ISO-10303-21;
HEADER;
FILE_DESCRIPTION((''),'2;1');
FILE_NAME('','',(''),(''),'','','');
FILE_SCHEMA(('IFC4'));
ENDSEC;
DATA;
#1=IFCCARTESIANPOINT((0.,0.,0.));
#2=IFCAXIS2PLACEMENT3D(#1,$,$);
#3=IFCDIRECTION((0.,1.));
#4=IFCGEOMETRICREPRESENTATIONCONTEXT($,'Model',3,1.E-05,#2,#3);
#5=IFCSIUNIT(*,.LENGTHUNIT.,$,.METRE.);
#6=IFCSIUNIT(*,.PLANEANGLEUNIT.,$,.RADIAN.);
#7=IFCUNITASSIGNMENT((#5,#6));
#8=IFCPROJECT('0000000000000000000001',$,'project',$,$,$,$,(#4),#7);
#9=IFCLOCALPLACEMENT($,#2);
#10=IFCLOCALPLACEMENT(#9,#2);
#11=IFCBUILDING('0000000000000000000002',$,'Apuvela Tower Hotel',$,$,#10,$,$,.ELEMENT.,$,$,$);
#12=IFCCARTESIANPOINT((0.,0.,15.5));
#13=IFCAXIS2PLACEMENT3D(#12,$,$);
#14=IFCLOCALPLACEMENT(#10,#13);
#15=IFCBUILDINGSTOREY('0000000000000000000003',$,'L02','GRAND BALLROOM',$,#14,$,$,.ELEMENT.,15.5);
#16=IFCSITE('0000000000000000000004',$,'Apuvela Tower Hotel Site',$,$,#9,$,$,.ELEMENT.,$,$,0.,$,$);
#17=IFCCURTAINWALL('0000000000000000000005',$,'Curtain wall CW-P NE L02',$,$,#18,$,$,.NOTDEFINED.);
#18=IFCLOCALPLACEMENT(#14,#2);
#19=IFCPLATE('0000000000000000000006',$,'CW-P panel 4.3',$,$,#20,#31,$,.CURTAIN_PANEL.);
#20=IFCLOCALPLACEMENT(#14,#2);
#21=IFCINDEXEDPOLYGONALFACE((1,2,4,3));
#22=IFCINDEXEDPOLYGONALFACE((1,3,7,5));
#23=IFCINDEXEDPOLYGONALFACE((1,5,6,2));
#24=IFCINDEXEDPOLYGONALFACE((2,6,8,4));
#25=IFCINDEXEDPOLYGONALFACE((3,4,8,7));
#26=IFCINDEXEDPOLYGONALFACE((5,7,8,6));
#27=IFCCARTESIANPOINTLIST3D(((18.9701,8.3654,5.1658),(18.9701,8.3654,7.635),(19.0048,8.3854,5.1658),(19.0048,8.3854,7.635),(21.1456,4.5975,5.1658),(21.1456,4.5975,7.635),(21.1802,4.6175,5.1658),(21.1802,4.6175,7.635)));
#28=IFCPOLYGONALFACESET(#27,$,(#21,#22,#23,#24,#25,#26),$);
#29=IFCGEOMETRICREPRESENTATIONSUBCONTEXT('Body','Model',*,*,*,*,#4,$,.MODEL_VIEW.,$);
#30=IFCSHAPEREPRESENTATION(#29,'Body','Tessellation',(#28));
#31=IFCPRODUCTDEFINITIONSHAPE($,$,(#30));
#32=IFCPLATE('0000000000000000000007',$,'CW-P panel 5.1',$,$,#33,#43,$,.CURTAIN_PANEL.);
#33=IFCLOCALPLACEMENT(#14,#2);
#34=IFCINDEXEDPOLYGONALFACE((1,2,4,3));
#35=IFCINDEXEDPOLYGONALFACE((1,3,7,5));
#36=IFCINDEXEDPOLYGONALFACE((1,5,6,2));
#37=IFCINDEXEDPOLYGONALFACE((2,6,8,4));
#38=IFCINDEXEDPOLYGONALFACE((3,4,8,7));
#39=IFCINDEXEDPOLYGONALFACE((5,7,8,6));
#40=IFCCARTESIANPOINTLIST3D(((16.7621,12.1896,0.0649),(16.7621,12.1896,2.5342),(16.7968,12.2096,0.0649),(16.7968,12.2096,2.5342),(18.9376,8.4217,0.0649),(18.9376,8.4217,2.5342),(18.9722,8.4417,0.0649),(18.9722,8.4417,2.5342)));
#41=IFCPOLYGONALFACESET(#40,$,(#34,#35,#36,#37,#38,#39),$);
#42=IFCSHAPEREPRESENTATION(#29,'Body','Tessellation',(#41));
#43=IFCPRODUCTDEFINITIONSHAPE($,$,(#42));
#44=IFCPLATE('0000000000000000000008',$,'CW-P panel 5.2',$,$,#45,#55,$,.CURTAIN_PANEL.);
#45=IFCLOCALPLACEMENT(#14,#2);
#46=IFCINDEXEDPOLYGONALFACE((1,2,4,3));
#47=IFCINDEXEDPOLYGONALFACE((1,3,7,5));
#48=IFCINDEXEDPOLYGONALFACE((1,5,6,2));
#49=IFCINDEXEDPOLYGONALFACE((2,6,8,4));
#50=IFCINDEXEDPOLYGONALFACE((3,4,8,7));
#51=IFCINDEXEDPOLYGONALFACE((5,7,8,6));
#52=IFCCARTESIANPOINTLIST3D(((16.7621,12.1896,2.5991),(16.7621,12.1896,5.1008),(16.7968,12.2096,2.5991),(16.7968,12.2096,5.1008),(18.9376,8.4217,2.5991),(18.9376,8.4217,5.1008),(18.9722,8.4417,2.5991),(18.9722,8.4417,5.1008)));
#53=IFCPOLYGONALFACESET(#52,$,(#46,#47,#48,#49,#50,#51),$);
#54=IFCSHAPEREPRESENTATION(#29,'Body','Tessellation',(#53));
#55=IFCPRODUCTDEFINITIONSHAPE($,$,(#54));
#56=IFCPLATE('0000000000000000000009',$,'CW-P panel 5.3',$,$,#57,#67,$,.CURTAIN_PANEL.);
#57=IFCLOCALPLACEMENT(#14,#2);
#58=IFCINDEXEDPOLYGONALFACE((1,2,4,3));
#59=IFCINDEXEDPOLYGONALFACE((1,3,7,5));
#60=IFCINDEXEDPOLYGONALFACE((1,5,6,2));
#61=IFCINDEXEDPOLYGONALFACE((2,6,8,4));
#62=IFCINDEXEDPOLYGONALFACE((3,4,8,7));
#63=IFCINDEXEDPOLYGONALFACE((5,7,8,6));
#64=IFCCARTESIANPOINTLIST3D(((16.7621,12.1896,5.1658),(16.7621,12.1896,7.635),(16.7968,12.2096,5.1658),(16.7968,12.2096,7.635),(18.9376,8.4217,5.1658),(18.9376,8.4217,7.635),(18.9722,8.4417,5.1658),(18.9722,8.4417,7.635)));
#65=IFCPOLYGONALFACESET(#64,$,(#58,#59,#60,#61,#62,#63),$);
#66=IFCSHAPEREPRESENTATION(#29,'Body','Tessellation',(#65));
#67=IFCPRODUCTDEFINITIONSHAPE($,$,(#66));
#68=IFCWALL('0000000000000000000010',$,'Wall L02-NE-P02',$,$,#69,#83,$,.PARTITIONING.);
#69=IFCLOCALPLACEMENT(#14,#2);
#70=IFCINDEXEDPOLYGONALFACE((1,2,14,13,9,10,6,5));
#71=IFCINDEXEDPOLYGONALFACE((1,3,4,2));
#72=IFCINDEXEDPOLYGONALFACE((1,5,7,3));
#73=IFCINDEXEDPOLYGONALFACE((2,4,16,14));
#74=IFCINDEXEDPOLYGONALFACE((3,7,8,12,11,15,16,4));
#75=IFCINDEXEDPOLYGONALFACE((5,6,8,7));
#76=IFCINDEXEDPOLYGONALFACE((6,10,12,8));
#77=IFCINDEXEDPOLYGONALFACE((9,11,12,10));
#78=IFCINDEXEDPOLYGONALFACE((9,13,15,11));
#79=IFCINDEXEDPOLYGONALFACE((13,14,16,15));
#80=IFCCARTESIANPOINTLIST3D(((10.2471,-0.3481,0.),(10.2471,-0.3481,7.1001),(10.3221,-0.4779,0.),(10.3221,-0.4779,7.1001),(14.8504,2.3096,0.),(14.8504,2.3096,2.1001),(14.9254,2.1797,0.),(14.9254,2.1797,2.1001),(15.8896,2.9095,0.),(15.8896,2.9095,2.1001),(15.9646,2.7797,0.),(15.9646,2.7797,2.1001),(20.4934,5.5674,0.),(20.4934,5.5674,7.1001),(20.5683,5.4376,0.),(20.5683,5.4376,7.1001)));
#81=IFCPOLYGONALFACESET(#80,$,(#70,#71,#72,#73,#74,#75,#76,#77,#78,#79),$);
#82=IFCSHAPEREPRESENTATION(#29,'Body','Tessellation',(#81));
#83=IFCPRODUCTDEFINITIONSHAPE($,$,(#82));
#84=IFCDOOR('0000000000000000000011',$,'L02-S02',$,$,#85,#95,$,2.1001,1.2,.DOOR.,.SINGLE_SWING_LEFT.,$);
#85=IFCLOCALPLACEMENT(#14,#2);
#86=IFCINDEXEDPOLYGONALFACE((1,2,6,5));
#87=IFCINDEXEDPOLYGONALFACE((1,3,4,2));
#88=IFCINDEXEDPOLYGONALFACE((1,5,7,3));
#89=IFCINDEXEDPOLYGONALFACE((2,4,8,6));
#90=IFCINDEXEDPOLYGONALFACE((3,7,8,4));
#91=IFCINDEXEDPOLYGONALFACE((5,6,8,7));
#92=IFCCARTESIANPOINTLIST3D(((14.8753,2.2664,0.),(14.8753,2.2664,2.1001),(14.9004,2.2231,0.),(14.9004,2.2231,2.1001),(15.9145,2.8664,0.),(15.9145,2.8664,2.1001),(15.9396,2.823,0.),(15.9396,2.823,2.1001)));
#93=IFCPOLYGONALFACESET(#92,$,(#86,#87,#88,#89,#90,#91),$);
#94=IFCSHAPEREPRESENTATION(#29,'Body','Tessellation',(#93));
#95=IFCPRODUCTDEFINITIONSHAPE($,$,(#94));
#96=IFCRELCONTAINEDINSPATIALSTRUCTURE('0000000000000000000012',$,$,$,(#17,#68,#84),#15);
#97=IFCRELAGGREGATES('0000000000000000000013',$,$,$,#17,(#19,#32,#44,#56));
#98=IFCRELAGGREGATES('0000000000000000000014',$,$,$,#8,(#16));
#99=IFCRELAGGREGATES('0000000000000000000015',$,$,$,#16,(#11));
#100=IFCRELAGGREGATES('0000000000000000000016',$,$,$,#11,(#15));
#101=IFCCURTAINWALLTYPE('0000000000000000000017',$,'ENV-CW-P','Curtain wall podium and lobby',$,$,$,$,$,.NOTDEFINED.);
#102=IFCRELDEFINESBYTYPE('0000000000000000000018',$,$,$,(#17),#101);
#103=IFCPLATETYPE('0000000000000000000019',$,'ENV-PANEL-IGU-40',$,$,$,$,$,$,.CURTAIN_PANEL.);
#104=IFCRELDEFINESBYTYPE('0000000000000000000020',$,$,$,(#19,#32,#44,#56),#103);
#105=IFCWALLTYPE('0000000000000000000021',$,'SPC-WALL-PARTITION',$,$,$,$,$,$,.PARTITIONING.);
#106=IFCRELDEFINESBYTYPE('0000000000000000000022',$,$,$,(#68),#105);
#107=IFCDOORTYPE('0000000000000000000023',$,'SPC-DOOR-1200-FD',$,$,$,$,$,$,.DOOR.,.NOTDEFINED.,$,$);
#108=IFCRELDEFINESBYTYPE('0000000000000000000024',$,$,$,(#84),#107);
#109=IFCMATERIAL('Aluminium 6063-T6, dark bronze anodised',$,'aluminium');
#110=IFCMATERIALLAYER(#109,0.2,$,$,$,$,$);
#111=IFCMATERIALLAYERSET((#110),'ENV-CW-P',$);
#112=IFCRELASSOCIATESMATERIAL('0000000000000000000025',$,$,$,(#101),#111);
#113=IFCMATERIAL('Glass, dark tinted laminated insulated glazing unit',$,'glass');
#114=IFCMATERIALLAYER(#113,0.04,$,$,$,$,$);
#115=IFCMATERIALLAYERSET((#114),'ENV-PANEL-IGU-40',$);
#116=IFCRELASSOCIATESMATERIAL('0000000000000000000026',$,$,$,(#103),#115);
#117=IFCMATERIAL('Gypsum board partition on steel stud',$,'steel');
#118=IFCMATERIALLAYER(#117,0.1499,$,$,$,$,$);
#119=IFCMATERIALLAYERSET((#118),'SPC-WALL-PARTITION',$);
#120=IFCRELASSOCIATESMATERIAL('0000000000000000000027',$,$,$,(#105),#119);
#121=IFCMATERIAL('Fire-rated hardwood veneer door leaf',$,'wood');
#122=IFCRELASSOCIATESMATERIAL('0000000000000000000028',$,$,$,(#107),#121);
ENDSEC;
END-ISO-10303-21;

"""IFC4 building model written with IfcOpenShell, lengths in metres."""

from ifc_helpers import new_model, si_unit, direction, frame, frame_2d, origin, origin_2d, place, context, subcontext, project, spatial, rectangle, extrude, material, layer, layer_set, type_object, element, fill, aggregate, save


model = new_model("IFC4")

# Units and contexts
model_context = context("Model", 3, precision=1e-05, world=origin(), true_north=direction((0.0, 1.0)))
body_context = subcontext(model_context, "Body", "Model", "MODEL_VIEW")
ifc_project = project(units=[si_unit("LENGTHUNIT", "METRE"), si_unit("PLANEANGLEUNIT", "RADIAN")], contexts=[model_context])

# Site, building, storey
site_placement = place(None, origin())
site = spatial("IfcSite", under=ifc_project, at=site_placement, Name="Apuvela Tower Hotel Site", CompositionType="ELEMENT", RefElevation=0.0)
building_placement = place(site_placement, origin())
building = spatial("IfcBuilding", under=site, at=building_placement, Name="Apuvela Tower Hotel", CompositionType="ELEMENT")
storey_placement = place(building_placement, frame((0.0, 0.0, 15.5)))
storey = spatial("IfcBuildingStorey", under=building, at=storey_placement, Name="L02", Description="GRAND BALLROOM", CompositionType="ELEMENT", Elevation=15.5)

# Curtain wall
ifc_material_1 = material(Name="Aluminium 6063-T6, dark bronze anodised", Category="aluminium")
ifc_layer_1 = layer(ifc_material_1, 0.2)
ifc_layer_set_1 = layer_set([ifc_layer_1], Name="ENV-CW-P")
curtain_wall_type = type_object("IfcCurtainWallType", Name="ENV-CW-P", Description="Curtain wall podium and lobby", PredefinedType="NOTDEFINED", material=ifc_layer_set_1)
curtain_wall_placement = place(storey_placement, origin())
curtain_wall = element("IfcCurtainWall", 1, at=curtain_wall_placement, inside=storey, type_object=curtain_wall_type, Name="Curtain wall CW-P NE L02", PredefinedType="NOTDEFINED")

# Plates
ifc_material_2 = material(Name="Glass, dark tinted laminated insulated glazing unit", Category="glass")
ifc_layer_2 = layer(ifc_material_2, 0.04)
ifc_layer_set_2 = layer_set([ifc_layer_2], Name="ENV-PANEL-IGU-40")
plate_type = type_object("IfcPlateType", Name="ENV-PANEL-IGU-40", PredefinedType="CURTAIN_PANEL", material=ifc_layer_set_2)
plate_1_placement = place(storey_placement, frame((20.0752, 6.4915, 5.1658), z_axis=(0.0, 0.0, 1.0), x_axis=(-0.500001, 0.866025, 0.0)))
plate_1 = element("IfcPlate", 2, at=plate_1_placement, type_object=plate_type, Name="CW-P panel 4.3", PredefinedType="CURTAIN_PANEL", context=body_context, shape_type="SweptSolid", body=[
    extrude(rectangle(XDim=4.3508, YDim=0.04, at=origin_2d()), origin(), (0.0, 0.0, 1.0), 2.4692),
])
plate_2_placement = place(storey_placement, frame((17.8672, 10.3157, 0.0649), z_axis=(0.0, 0.0, 1.0), x_axis=(-0.500001, 0.866025, 0.0)))
plate_2 = element("IfcPlate", 3, at=plate_2_placement, type_object=plate_type, Name="CW-P panel 5.1", PredefinedType="CURTAIN_PANEL", context=body_context, shape_type="SweptSolid", body=[
    extrude(rectangle(XDim=4.3508, YDim=0.04, at=origin_2d()), origin(), (0.0, 0.0, 1.0), 2.4692),
])
plate_3_placement = place(storey_placement, frame((17.8672, 10.3157, 2.5991), z_axis=(0.0, 0.0, 1.0), x_axis=(-0.500001, 0.866025, 0.0)))
plate_3 = element("IfcPlate", 4, at=plate_3_placement, type_object=plate_type, Name="CW-P panel 5.2", PredefinedType="CURTAIN_PANEL", context=body_context, shape_type="SweptSolid", body=[
    extrude(rectangle(XDim=4.3508, YDim=0.04, at=origin_2d()), origin(), (0.0, 0.0, 1.0), 2.5017),
])
plate_4_placement = place(storey_placement, frame((17.8672, 10.3157, 5.1658), z_axis=(0.0, 0.0, 1.0), x_axis=(-0.500001, 0.866025, 0.0)))
plate_4 = element("IfcPlate", 5, at=plate_4_placement, type_object=plate_type, Name="CW-P panel 5.3", PredefinedType="CURTAIN_PANEL", context=body_context, shape_type="SweptSolid", body=[
    extrude(rectangle(XDim=4.3508, YDim=0.04, at=origin_2d()), origin(), (0.0, 0.0, 1.0), 2.4692),
])
aggregate(curtain_wall, [plate_1, plate_2, plate_3, plate_4])

# Wall, opening, door
ifc_material_3 = material(Name="Gypsum board partition on steel stud", Category="steel")
ifc_layer_3 = layer(ifc_material_3, 0.1499)
ifc_layer_set_3 = layer_set([ifc_layer_3], Name="SPC-WALL-PARTITION")
wall_type = type_object("IfcWallType", Name="SPC-WALL-PARTITION", PredefinedType="PARTITIONING", material=ifc_layer_set_3)
wall_placement = place(storey_placement, frame((20.5308, 5.5024, 0.0), z_axis=(0.0, 0.0, 1.0), x_axis=(-0.866033, -0.499987, 0.0)))
wall = element("IfcWall", 6, at=wall_placement, inside=storey, type_object=wall_type, Name="Wall L02-NE-P02", PredefinedType="PARTITIONING", context=body_context, shape_type="SweptSolid", body=[
    extrude(rectangle(XDim=11.8313, YDim=0.1499, at=frame_2d((5.9155, 0.0))), origin(), (0.0, 0.0, 1.0), 7.1001),
])
opening_placement = place(wall_placement, frame((5.3157, 0.0, 0.0)))
opening = element("IfcOpeningElement", 7, at=opening_placement, cuts=wall, PredefinedType="OPENING", context=body_context, shape_type="SweptSolid", body=[
    extrude(rectangle(XDim=1.2, YDim=2.1001, at=frame_2d((0.6001, 1.05))), frame((0.0, 0.085, 0.0), z_axis=(0.0, -1.0, 0.0), x_axis=(1.0, 0.0, 0.0)), (0.0, 0.0, 1.0), 0.1699),
])
ifc_material_4 = material(Name="Fire-rated hardwood veneer door leaf", Category="wood")
door_type = type_object("IfcDoorType", Name="SPC-DOOR-1200-FD", OperationType="NOTDEFINED", PredefinedType="DOOR", material=ifc_material_4)
door_placement = place(opening_placement, origin())
door = element("IfcDoor", 8, at=door_placement, inside=storey, type_object=door_type, Name="L02-S02", OperationType="SINGLE_SWING_LEFT", OverallHeight=2.1001, OverallWidth=1.2, PredefinedType="DOOR", context=body_context, shape_type="SweptSolid", body=[
    extrude(rectangle(XDim=1.2, YDim=2.1001, at=frame_2d((0.6001, 1.05))), frame((0.0, 0.0249, 0.0), z_axis=(0.0, -1.0, 0.0), x_axis=(1.0, 0.0, 0.0)), (0.0, 0.0, 1.0), 0.05),
])
fill(opening, door)

save(model, "model.ifc")
